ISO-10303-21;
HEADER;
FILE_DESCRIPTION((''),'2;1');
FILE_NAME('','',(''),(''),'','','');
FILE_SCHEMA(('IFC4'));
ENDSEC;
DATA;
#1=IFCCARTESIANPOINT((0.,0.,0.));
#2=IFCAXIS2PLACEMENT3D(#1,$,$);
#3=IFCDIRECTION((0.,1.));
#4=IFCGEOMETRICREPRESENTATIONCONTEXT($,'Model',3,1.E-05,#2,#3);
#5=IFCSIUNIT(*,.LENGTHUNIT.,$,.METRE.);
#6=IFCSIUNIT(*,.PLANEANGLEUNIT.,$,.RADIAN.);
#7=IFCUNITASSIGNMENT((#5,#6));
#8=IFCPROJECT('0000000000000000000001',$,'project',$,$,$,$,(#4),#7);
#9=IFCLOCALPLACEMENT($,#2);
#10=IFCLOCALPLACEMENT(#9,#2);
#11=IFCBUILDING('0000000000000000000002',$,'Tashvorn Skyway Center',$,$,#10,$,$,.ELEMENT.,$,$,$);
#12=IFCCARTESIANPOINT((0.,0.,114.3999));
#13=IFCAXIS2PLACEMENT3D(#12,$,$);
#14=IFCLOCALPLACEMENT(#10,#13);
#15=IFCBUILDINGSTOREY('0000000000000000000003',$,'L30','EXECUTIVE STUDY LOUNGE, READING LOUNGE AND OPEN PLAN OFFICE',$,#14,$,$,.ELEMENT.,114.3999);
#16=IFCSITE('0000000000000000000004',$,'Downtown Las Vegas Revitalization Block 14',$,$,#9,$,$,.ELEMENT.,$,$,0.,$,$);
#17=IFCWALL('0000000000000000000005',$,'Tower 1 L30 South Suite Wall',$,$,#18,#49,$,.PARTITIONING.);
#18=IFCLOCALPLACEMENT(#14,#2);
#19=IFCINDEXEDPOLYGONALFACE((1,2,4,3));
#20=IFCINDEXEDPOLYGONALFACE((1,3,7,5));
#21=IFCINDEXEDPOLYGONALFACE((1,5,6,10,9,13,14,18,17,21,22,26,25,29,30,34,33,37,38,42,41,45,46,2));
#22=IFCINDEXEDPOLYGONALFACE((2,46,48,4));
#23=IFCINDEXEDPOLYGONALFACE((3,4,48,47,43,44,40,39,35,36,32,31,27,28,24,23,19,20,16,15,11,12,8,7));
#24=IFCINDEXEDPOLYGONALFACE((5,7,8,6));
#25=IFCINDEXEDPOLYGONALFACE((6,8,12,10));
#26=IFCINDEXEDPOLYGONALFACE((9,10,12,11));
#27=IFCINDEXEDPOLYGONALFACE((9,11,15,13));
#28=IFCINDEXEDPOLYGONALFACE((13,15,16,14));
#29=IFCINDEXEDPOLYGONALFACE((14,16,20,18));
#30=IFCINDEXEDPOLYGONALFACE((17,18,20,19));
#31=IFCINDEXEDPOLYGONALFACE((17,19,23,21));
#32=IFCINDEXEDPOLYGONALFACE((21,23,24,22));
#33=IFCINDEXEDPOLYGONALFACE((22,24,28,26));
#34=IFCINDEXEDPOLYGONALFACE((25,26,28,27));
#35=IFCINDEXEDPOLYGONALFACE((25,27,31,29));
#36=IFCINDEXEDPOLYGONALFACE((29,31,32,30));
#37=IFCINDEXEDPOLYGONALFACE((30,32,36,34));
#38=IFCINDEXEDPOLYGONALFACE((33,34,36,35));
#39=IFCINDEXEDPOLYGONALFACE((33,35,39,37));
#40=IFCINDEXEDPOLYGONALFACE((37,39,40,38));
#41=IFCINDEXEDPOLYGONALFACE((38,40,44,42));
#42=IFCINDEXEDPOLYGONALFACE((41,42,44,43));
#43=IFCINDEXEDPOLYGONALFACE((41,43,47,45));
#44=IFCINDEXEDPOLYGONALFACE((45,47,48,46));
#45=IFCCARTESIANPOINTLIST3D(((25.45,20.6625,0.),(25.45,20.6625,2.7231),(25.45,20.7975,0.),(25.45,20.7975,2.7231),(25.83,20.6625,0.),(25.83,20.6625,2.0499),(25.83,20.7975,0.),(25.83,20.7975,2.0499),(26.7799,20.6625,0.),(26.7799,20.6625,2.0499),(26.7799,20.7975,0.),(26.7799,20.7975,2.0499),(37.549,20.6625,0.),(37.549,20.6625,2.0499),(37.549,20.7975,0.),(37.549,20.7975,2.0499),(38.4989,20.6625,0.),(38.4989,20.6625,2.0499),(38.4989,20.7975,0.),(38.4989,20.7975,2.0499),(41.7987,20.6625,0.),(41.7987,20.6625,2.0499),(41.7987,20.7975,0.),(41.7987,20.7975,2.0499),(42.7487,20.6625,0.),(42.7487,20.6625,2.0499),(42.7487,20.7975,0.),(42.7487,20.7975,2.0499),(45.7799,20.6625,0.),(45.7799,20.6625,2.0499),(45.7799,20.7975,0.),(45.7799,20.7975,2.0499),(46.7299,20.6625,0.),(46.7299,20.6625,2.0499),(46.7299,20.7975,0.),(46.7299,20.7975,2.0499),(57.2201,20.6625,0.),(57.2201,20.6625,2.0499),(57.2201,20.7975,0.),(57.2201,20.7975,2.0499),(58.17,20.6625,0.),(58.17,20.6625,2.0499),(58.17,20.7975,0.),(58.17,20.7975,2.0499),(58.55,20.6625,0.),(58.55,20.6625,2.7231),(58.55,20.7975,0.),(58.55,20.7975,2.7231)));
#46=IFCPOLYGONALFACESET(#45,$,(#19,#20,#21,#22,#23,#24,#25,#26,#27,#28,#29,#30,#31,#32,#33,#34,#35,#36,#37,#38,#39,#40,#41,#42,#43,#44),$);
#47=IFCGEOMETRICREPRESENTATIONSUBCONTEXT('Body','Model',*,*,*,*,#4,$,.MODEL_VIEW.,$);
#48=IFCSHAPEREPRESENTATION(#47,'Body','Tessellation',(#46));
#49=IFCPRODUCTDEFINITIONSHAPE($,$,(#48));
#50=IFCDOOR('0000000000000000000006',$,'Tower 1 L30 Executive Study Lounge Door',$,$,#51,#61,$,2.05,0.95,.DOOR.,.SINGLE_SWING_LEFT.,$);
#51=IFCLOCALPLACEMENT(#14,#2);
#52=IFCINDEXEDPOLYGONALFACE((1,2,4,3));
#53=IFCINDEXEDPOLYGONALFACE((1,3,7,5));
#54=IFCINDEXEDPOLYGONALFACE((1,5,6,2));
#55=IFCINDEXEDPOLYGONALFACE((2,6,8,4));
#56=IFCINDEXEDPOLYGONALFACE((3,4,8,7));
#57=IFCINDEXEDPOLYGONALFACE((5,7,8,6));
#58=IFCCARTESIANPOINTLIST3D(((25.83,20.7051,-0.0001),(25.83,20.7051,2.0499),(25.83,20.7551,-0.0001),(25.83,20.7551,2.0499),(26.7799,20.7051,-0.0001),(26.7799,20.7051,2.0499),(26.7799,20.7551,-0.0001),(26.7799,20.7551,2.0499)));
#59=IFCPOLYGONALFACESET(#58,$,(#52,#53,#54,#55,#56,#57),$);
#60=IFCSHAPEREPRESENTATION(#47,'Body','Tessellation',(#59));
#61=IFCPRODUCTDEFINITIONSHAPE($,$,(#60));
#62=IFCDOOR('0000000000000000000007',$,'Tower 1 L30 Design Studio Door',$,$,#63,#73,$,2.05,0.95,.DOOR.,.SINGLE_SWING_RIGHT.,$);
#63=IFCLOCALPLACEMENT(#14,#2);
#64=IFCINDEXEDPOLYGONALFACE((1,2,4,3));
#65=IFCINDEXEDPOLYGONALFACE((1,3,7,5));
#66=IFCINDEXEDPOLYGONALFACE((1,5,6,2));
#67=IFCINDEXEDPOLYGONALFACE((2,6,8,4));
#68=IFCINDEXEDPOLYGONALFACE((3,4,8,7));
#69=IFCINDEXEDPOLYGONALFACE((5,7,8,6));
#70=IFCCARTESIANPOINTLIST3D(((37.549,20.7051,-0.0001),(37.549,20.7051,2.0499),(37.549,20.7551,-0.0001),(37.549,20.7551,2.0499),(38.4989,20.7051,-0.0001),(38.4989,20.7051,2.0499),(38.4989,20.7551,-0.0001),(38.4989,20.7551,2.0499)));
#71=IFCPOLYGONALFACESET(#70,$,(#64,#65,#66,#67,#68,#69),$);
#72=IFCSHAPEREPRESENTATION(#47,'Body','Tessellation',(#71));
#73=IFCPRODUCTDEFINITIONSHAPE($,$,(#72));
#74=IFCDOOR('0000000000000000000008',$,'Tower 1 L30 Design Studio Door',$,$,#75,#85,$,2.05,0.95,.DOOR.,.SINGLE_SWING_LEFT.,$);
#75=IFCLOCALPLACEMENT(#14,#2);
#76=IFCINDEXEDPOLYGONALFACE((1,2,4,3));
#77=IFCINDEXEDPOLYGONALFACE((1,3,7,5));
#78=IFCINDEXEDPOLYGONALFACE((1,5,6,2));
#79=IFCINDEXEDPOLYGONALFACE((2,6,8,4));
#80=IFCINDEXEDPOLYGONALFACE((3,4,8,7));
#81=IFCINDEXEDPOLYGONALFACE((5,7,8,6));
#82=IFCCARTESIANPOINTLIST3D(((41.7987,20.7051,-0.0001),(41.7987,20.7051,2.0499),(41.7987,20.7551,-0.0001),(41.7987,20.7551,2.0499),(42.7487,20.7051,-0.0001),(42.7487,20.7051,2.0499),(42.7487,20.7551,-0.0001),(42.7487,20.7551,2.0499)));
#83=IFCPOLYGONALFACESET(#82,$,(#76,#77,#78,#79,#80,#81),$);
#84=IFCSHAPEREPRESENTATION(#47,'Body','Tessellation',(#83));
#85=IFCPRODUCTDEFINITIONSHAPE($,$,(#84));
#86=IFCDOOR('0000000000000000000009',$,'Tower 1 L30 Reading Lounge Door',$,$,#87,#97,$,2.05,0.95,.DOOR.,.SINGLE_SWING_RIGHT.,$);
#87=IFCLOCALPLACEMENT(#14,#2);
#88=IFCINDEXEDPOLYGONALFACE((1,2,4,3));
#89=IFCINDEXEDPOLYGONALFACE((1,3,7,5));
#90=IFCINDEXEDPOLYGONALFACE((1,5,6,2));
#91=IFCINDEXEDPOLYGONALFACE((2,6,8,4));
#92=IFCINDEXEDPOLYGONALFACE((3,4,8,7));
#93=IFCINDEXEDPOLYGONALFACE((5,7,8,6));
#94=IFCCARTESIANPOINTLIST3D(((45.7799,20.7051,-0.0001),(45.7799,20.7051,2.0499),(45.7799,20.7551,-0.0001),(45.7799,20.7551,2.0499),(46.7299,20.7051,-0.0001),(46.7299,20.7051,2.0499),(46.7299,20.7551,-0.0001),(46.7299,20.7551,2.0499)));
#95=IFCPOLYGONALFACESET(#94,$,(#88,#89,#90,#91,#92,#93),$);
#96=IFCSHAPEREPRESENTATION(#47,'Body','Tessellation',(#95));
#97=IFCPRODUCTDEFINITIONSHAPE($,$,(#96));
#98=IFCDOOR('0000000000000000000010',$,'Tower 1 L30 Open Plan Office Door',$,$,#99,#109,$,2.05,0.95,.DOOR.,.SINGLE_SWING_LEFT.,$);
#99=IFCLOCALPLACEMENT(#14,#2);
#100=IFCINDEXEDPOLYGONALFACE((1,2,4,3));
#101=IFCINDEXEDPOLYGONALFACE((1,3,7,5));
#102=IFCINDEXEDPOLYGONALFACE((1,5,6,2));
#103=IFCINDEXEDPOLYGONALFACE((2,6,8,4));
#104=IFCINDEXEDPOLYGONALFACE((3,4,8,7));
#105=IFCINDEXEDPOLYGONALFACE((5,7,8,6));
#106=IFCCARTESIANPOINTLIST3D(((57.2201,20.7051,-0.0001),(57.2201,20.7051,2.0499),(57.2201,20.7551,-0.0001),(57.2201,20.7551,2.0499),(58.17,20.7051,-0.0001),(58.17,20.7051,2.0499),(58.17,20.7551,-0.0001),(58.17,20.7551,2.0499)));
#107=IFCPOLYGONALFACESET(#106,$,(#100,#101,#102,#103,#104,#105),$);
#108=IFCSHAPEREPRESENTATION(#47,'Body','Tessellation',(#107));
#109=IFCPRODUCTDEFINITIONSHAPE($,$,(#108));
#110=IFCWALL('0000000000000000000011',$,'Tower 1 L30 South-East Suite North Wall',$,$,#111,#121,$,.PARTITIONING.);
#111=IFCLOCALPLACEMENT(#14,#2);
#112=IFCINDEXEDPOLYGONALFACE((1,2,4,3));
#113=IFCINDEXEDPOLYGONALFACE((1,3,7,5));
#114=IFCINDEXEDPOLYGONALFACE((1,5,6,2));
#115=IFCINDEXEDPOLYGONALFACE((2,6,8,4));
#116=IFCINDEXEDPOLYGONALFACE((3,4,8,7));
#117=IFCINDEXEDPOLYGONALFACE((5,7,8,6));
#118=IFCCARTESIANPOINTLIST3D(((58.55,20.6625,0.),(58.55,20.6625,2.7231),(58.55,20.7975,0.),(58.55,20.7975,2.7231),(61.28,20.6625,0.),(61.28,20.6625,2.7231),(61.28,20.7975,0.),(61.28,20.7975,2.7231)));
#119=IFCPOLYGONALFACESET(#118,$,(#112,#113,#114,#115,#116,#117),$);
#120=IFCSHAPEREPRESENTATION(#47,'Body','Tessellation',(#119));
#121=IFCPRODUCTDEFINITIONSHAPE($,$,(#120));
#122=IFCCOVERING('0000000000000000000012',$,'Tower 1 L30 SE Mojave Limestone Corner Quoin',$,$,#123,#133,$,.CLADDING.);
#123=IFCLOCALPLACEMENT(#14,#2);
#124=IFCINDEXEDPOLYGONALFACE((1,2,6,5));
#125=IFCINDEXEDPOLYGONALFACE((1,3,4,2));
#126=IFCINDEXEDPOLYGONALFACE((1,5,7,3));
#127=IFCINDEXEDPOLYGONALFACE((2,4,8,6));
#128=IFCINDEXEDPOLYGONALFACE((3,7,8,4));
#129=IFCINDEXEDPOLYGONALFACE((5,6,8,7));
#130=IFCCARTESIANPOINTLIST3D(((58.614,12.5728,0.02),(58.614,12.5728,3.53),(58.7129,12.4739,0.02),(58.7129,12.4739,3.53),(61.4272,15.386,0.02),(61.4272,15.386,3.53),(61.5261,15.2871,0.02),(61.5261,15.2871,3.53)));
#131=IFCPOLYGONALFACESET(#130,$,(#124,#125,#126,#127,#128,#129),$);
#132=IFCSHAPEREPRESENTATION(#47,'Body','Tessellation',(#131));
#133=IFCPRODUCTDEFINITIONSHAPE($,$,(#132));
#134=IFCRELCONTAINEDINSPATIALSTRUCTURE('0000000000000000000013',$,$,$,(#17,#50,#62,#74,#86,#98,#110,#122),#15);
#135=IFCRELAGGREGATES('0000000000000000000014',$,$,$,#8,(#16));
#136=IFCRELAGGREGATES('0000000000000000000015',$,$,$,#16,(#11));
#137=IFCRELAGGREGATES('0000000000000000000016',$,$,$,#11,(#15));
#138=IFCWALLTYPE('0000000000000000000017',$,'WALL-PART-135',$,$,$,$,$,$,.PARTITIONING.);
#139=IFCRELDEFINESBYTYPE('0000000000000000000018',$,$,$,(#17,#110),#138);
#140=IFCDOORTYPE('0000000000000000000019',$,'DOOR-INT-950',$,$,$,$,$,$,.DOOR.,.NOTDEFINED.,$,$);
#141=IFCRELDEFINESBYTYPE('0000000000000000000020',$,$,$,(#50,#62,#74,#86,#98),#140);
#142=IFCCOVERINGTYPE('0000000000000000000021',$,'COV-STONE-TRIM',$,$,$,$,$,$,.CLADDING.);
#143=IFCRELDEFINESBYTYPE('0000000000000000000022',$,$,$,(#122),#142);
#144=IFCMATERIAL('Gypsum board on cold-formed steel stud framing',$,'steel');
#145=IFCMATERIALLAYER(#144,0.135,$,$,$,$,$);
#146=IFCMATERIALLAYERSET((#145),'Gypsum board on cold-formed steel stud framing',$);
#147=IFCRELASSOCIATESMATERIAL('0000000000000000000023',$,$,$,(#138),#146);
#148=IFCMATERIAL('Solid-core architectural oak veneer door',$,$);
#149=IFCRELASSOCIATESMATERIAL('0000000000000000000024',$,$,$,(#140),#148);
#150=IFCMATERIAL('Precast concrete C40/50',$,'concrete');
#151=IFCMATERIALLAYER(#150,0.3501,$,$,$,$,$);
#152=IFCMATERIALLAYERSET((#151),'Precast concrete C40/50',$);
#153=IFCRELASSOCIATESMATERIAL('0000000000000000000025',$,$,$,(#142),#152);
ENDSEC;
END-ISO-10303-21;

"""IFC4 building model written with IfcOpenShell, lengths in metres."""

from ifc_helpers import new_model, si_unit, direction, frame, frame_2d, origin, origin_2d, place, context, subcontext, project, spatial, rectangle, extrude, material, layer, layer_set, type_object, element, fill, save


model = new_model("IFC4")

# Units and contexts
model_context = context("Model", 3, precision=1e-05, world=origin(), true_north=direction((0.0, 1.0)))
body_context = subcontext(model_context, "Body", "Model", "MODEL_VIEW")
ifc_project = project(units=[si_unit("LENGTHUNIT", "METRE"), si_unit("PLANEANGLEUNIT", "RADIAN")], contexts=[model_context])

# Site, building, storey
site_placement = place(None, origin())
site = spatial("IfcSite", under=ifc_project, at=site_placement, Name="Downtown Las Vegas Revitalization Block 14", CompositionType="ELEMENT", RefElevation=0.0)
building_placement = place(site_placement, origin())
building = spatial("IfcBuilding", under=site, at=building_placement, Name="Tashvorn Skyway Center", CompositionType="ELEMENT")
storey_placement = place(building_placement, frame((0.0, 0.0, 114.3999)))
storey = spatial("IfcBuildingStorey", under=building, at=storey_placement, Name="L30", Description="EXECUTIVE STUDY LOUNGE, READING LOUNGE AND OPEN PLAN OFFICE", CompositionType="ELEMENT", Elevation=114.3999)

# Shared definitions
ifc_material_1 = material(Name="Gypsum board on cold-formed steel stud framing", Category="steel")

# Wall, openings, doors
ifc_layer_1 = layer(ifc_material_1, 0.135)
ifc_layer_set_1 = layer_set([ifc_layer_1], Name="Gypsum board on cold-formed steel stud framing")
wall_type_1 = type_object("IfcWallType", Name="WALL-PART-135", PredefinedType="PARTITIONING", material=ifc_layer_set_1)
wall_1_placement = place(storey_placement, frame((58.55, 20.73, 0.0), z_axis=(0.0, 0.0, 1.0), x_axis=(-1.0, 0.0, 0.0)))
wall_1 = element("IfcWall", 1, at=wall_1_placement, inside=storey, type_object=wall_type_1, Name="Tower 1 L30 South Suite Wall", PredefinedType="PARTITIONING", context=body_context, shape_type="SweptSolid", body=[
    extrude(rectangle(XDim=33.1001, YDim=0.135, at=frame_2d((16.55, 0.0))), origin(), (0.0, 0.0, 1.0), 2.7231),
])
opening_1_placement = place(wall_1_placement, frame((31.77, 0.0, 0.0)))
opening_1 = element("IfcOpeningElement", 2, at=opening_1_placement, cuts=wall_1, PredefinedType="OPENING", context=body_context, shape_type="SweptSolid", body=[
    extrude(rectangle(XDim=0.95, YDim=2.05, at=frame_2d((0.4751, 1.0249))), frame((0.0, 0.0774, 0.0), z_axis=(0.0, -1.0, 0.0), x_axis=(1.0, 0.0, 0.0)), (0.0, 0.0, 1.0), 0.155),
])
opening_2_placement = place(wall_1_placement, frame((20.051, 0.0, 0.0)))
opening_2 = element("IfcOpeningElement", 3, at=opening_2_placement, cuts=wall_1, PredefinedType="OPENING", context=body_context, shape_type="SweptSolid", body=[
    extrude(rectangle(XDim=0.95, YDim=2.05, at=frame_2d((0.4751, 1.0249))), frame((0.0, 0.0774, 0.0), z_axis=(0.0, -1.0, 0.0), x_axis=(1.0, 0.0, 0.0)), (0.0, 0.0, 1.0), 0.155),
])
opening_3_placement = place(wall_1_placement, frame((15.8013, 0.0, 0.0)))
opening_3 = element("IfcOpeningElement", 4, at=opening_3_placement, cuts=wall_1, PredefinedType="OPENING", context=body_context, shape_type="SweptSolid", body=[
    extrude(rectangle(XDim=0.95, YDim=2.05, at=frame_2d((0.4751, 1.0249))), frame((0.0, 0.0774, 0.0), z_axis=(0.0, -1.0, 0.0), x_axis=(1.0, 0.0, 0.0)), (0.0, 0.0, 1.0), 0.155),
])
opening_4_placement = place(wall_1_placement, frame((11.8201, 0.0, 0.0)))
opening_4 = element("IfcOpeningElement", 5, at=opening_4_placement, cuts=wall_1, PredefinedType="OPENING", context=body_context, shape_type="SweptSolid", body=[
    extrude(rectangle(XDim=0.95, YDim=2.05, at=frame_2d((0.4751, 1.0249))), frame((0.0, 0.0774, 0.0), z_axis=(0.0, -1.0, 0.0), x_axis=(1.0, 0.0, 0.0)), (0.0, 0.0, 1.0), 0.155),
])
opening_5_placement = place(wall_1_placement, frame((0.3799, 0.0, 0.0)))
opening_5 = element("IfcOpeningElement", 6, at=opening_5_placement, cuts=wall_1, PredefinedType="OPENING", context=body_context, shape_type="SweptSolid", body=[
    extrude(rectangle(XDim=0.95, YDim=2.05, at=frame_2d((0.4751, 1.0249))), frame((0.0, 0.0774, 0.0), z_axis=(0.0, -1.0, 0.0), x_axis=(1.0, 0.0, 0.0)), (0.0, 0.0, 1.0), 0.155),
])
ifc_material_2 = material(Name="Solid-core architectural oak veneer door")
door_type = type_object("IfcDoorType", Name="DOOR-INT-950", OperationType="NOTDEFINED", PredefinedType="DOOR", material=ifc_material_2)
door_1_placement = place(opening_1_placement, origin())
door_1 = element("IfcDoor", 7, at=door_1_placement, inside=storey, type_object=door_type, Name="Tower 1 L30 Executive Study Lounge Door", OperationType="SINGLE_SWING_LEFT", OverallHeight=2.05, OverallWidth=0.95, PredefinedType="DOOR", context=body_context, shape_type="SweptSolid", body=[
    extrude(rectangle(XDim=0.95, YDim=2.05, at=frame_2d((0.4751, 1.0249))), frame((0.0, 0.0249, 0.0), z_axis=(0.0, -1.0, 0.0), x_axis=(1.0, 0.0, 0.0)), (0.0, 0.0, 1.0), 0.05),
])
fill(opening_1, door_1)
door_2_placement = place(opening_2_placement, origin())
door_2 = element("IfcDoor", 8, at=door_2_placement, inside=storey, type_object=door_type, Name="Tower 1 L30 Design Studio Door", OperationType="SINGLE_SWING_RIGHT", OverallHeight=2.05, OverallWidth=0.95, PredefinedType="DOOR", context=body_context, shape_type="SweptSolid", body=[
    extrude(rectangle(XDim=0.95, YDim=2.05, at=frame_2d((0.4751, 1.0249))), frame((0.0, 0.0249, 0.0), z_axis=(0.0, -1.0, 0.0), x_axis=(1.0, 0.0, 0.0)), (0.0, 0.0, 1.0), 0.05),
])
fill(opening_2, door_2)
door_3_placement = place(opening_3_placement, origin())
door_3 = element("IfcDoor", 9, at=door_3_placement, inside=storey, type_object=door_type, Name="Tower 1 L30 Design Studio Door", OperationType="SINGLE_SWING_LEFT", OverallHeight=2.05, OverallWidth=0.95, PredefinedType="DOOR", context=body_context, shape_type="SweptSolid", body=[
    extrude(rectangle(XDim=0.95, YDim=2.05, at=frame_2d((0.4751, 1.0249))), frame((0.0, 0.0249, 0.0), z_axis=(0.0, -1.0, 0.0), x_axis=(1.0, 0.0, 0.0)), (0.0, 0.0, 1.0), 0.05),
])
fill(opening_3, door_3)
door_4_placement = place(opening_4_placement, origin())
door_4 = element("IfcDoor", 10, at=door_4_placement, inside=storey, type_object=door_type, Name="Tower 1 L30 Reading Lounge Door", OperationType="SINGLE_SWING_RIGHT", OverallHeight=2.05, OverallWidth=0.95, PredefinedType="DOOR", context=body_context, shape_type="SweptSolid", body=[
    extrude(rectangle(XDim=0.95, YDim=2.05, at=frame_2d((0.4751, 1.0249))), frame((0.0, 0.0249, 0.0), z_axis=(0.0, -1.0, 0.0), x_axis=(1.0, 0.0, 0.0)), (0.0, 0.0, 1.0), 0.05),
])
fill(opening_4, door_4)
door_5_placement = place(opening_5_placement, origin())
door_5 = element("IfcDoor", 11, at=door_5_placement, inside=storey, type_object=door_type, Name="Tower 1 L30 Open Plan Office Door", OperationType="SINGLE_SWING_LEFT", OverallHeight=2.05, OverallWidth=0.95, PredefinedType="DOOR", context=body_context, shape_type="SweptSolid", body=[
    extrude(rectangle(XDim=0.95, YDim=2.05, at=frame_2d((0.4751, 1.0249))), frame((0.0, 0.0249, 0.0), z_axis=(0.0, -1.0, 0.0), x_axis=(1.0, 0.0, 0.0)), (0.0, 0.0, 1.0), 0.05),
])
fill(opening_5, door_5)

# Wall
wall_2_placement = place(storey_placement, frame((58.55, 20.73, 0.0), z_axis=(0.0, 0.0, 1.0), x_axis=(1.0, 0.0, 0.0)))
element("IfcWall", 12, at=wall_2_placement, inside=storey, type_object=wall_type_1, Name="Tower 1 L30 South-East Suite North Wall", PredefinedType="PARTITIONING", context=body_context, shape_type="SweptSolid", body=[
    extrude(rectangle(XDim=2.73, YDim=0.135, at=frame_2d((1.365, 0.0))), origin(), (0.0, 0.0, 1.0), 2.7231),
])

# Covering
ifc_material_3 = material(Name="Precast concrete C40/50", Category="concrete")
ifc_layer_2 = layer(ifc_material_3, 0.3501)
ifc_layer_set_2 = layer_set([ifc_layer_2], Name="Precast concrete C40/50")
covering_type = type_object("IfcCoveringType", Name="COV-STONE-TRIM", PredefinedType="CLADDING", material=ifc_layer_set_2)
covering_placement = place(storey_placement, frame((60.0701, 13.9299, 0.02), z_axis=(0.0, 0.0, 1.0), x_axis=(0.707107, 0.707107, 0.0)))
element("IfcCovering", 13, at=covering_placement, inside=storey, type_object=covering_type, Name="Tower 1 L30 SE Mojave Limestone Corner Quoin", PredefinedType="CLADDING", context=body_context, shape_type="SweptSolid", body=[
    extrude(rectangle(XDim=3.9785, YDim=0.1399, at=origin_2d()), origin(), (0.0, 0.0, 1.0), 3.51),
])

save(model, "model.ifc")
